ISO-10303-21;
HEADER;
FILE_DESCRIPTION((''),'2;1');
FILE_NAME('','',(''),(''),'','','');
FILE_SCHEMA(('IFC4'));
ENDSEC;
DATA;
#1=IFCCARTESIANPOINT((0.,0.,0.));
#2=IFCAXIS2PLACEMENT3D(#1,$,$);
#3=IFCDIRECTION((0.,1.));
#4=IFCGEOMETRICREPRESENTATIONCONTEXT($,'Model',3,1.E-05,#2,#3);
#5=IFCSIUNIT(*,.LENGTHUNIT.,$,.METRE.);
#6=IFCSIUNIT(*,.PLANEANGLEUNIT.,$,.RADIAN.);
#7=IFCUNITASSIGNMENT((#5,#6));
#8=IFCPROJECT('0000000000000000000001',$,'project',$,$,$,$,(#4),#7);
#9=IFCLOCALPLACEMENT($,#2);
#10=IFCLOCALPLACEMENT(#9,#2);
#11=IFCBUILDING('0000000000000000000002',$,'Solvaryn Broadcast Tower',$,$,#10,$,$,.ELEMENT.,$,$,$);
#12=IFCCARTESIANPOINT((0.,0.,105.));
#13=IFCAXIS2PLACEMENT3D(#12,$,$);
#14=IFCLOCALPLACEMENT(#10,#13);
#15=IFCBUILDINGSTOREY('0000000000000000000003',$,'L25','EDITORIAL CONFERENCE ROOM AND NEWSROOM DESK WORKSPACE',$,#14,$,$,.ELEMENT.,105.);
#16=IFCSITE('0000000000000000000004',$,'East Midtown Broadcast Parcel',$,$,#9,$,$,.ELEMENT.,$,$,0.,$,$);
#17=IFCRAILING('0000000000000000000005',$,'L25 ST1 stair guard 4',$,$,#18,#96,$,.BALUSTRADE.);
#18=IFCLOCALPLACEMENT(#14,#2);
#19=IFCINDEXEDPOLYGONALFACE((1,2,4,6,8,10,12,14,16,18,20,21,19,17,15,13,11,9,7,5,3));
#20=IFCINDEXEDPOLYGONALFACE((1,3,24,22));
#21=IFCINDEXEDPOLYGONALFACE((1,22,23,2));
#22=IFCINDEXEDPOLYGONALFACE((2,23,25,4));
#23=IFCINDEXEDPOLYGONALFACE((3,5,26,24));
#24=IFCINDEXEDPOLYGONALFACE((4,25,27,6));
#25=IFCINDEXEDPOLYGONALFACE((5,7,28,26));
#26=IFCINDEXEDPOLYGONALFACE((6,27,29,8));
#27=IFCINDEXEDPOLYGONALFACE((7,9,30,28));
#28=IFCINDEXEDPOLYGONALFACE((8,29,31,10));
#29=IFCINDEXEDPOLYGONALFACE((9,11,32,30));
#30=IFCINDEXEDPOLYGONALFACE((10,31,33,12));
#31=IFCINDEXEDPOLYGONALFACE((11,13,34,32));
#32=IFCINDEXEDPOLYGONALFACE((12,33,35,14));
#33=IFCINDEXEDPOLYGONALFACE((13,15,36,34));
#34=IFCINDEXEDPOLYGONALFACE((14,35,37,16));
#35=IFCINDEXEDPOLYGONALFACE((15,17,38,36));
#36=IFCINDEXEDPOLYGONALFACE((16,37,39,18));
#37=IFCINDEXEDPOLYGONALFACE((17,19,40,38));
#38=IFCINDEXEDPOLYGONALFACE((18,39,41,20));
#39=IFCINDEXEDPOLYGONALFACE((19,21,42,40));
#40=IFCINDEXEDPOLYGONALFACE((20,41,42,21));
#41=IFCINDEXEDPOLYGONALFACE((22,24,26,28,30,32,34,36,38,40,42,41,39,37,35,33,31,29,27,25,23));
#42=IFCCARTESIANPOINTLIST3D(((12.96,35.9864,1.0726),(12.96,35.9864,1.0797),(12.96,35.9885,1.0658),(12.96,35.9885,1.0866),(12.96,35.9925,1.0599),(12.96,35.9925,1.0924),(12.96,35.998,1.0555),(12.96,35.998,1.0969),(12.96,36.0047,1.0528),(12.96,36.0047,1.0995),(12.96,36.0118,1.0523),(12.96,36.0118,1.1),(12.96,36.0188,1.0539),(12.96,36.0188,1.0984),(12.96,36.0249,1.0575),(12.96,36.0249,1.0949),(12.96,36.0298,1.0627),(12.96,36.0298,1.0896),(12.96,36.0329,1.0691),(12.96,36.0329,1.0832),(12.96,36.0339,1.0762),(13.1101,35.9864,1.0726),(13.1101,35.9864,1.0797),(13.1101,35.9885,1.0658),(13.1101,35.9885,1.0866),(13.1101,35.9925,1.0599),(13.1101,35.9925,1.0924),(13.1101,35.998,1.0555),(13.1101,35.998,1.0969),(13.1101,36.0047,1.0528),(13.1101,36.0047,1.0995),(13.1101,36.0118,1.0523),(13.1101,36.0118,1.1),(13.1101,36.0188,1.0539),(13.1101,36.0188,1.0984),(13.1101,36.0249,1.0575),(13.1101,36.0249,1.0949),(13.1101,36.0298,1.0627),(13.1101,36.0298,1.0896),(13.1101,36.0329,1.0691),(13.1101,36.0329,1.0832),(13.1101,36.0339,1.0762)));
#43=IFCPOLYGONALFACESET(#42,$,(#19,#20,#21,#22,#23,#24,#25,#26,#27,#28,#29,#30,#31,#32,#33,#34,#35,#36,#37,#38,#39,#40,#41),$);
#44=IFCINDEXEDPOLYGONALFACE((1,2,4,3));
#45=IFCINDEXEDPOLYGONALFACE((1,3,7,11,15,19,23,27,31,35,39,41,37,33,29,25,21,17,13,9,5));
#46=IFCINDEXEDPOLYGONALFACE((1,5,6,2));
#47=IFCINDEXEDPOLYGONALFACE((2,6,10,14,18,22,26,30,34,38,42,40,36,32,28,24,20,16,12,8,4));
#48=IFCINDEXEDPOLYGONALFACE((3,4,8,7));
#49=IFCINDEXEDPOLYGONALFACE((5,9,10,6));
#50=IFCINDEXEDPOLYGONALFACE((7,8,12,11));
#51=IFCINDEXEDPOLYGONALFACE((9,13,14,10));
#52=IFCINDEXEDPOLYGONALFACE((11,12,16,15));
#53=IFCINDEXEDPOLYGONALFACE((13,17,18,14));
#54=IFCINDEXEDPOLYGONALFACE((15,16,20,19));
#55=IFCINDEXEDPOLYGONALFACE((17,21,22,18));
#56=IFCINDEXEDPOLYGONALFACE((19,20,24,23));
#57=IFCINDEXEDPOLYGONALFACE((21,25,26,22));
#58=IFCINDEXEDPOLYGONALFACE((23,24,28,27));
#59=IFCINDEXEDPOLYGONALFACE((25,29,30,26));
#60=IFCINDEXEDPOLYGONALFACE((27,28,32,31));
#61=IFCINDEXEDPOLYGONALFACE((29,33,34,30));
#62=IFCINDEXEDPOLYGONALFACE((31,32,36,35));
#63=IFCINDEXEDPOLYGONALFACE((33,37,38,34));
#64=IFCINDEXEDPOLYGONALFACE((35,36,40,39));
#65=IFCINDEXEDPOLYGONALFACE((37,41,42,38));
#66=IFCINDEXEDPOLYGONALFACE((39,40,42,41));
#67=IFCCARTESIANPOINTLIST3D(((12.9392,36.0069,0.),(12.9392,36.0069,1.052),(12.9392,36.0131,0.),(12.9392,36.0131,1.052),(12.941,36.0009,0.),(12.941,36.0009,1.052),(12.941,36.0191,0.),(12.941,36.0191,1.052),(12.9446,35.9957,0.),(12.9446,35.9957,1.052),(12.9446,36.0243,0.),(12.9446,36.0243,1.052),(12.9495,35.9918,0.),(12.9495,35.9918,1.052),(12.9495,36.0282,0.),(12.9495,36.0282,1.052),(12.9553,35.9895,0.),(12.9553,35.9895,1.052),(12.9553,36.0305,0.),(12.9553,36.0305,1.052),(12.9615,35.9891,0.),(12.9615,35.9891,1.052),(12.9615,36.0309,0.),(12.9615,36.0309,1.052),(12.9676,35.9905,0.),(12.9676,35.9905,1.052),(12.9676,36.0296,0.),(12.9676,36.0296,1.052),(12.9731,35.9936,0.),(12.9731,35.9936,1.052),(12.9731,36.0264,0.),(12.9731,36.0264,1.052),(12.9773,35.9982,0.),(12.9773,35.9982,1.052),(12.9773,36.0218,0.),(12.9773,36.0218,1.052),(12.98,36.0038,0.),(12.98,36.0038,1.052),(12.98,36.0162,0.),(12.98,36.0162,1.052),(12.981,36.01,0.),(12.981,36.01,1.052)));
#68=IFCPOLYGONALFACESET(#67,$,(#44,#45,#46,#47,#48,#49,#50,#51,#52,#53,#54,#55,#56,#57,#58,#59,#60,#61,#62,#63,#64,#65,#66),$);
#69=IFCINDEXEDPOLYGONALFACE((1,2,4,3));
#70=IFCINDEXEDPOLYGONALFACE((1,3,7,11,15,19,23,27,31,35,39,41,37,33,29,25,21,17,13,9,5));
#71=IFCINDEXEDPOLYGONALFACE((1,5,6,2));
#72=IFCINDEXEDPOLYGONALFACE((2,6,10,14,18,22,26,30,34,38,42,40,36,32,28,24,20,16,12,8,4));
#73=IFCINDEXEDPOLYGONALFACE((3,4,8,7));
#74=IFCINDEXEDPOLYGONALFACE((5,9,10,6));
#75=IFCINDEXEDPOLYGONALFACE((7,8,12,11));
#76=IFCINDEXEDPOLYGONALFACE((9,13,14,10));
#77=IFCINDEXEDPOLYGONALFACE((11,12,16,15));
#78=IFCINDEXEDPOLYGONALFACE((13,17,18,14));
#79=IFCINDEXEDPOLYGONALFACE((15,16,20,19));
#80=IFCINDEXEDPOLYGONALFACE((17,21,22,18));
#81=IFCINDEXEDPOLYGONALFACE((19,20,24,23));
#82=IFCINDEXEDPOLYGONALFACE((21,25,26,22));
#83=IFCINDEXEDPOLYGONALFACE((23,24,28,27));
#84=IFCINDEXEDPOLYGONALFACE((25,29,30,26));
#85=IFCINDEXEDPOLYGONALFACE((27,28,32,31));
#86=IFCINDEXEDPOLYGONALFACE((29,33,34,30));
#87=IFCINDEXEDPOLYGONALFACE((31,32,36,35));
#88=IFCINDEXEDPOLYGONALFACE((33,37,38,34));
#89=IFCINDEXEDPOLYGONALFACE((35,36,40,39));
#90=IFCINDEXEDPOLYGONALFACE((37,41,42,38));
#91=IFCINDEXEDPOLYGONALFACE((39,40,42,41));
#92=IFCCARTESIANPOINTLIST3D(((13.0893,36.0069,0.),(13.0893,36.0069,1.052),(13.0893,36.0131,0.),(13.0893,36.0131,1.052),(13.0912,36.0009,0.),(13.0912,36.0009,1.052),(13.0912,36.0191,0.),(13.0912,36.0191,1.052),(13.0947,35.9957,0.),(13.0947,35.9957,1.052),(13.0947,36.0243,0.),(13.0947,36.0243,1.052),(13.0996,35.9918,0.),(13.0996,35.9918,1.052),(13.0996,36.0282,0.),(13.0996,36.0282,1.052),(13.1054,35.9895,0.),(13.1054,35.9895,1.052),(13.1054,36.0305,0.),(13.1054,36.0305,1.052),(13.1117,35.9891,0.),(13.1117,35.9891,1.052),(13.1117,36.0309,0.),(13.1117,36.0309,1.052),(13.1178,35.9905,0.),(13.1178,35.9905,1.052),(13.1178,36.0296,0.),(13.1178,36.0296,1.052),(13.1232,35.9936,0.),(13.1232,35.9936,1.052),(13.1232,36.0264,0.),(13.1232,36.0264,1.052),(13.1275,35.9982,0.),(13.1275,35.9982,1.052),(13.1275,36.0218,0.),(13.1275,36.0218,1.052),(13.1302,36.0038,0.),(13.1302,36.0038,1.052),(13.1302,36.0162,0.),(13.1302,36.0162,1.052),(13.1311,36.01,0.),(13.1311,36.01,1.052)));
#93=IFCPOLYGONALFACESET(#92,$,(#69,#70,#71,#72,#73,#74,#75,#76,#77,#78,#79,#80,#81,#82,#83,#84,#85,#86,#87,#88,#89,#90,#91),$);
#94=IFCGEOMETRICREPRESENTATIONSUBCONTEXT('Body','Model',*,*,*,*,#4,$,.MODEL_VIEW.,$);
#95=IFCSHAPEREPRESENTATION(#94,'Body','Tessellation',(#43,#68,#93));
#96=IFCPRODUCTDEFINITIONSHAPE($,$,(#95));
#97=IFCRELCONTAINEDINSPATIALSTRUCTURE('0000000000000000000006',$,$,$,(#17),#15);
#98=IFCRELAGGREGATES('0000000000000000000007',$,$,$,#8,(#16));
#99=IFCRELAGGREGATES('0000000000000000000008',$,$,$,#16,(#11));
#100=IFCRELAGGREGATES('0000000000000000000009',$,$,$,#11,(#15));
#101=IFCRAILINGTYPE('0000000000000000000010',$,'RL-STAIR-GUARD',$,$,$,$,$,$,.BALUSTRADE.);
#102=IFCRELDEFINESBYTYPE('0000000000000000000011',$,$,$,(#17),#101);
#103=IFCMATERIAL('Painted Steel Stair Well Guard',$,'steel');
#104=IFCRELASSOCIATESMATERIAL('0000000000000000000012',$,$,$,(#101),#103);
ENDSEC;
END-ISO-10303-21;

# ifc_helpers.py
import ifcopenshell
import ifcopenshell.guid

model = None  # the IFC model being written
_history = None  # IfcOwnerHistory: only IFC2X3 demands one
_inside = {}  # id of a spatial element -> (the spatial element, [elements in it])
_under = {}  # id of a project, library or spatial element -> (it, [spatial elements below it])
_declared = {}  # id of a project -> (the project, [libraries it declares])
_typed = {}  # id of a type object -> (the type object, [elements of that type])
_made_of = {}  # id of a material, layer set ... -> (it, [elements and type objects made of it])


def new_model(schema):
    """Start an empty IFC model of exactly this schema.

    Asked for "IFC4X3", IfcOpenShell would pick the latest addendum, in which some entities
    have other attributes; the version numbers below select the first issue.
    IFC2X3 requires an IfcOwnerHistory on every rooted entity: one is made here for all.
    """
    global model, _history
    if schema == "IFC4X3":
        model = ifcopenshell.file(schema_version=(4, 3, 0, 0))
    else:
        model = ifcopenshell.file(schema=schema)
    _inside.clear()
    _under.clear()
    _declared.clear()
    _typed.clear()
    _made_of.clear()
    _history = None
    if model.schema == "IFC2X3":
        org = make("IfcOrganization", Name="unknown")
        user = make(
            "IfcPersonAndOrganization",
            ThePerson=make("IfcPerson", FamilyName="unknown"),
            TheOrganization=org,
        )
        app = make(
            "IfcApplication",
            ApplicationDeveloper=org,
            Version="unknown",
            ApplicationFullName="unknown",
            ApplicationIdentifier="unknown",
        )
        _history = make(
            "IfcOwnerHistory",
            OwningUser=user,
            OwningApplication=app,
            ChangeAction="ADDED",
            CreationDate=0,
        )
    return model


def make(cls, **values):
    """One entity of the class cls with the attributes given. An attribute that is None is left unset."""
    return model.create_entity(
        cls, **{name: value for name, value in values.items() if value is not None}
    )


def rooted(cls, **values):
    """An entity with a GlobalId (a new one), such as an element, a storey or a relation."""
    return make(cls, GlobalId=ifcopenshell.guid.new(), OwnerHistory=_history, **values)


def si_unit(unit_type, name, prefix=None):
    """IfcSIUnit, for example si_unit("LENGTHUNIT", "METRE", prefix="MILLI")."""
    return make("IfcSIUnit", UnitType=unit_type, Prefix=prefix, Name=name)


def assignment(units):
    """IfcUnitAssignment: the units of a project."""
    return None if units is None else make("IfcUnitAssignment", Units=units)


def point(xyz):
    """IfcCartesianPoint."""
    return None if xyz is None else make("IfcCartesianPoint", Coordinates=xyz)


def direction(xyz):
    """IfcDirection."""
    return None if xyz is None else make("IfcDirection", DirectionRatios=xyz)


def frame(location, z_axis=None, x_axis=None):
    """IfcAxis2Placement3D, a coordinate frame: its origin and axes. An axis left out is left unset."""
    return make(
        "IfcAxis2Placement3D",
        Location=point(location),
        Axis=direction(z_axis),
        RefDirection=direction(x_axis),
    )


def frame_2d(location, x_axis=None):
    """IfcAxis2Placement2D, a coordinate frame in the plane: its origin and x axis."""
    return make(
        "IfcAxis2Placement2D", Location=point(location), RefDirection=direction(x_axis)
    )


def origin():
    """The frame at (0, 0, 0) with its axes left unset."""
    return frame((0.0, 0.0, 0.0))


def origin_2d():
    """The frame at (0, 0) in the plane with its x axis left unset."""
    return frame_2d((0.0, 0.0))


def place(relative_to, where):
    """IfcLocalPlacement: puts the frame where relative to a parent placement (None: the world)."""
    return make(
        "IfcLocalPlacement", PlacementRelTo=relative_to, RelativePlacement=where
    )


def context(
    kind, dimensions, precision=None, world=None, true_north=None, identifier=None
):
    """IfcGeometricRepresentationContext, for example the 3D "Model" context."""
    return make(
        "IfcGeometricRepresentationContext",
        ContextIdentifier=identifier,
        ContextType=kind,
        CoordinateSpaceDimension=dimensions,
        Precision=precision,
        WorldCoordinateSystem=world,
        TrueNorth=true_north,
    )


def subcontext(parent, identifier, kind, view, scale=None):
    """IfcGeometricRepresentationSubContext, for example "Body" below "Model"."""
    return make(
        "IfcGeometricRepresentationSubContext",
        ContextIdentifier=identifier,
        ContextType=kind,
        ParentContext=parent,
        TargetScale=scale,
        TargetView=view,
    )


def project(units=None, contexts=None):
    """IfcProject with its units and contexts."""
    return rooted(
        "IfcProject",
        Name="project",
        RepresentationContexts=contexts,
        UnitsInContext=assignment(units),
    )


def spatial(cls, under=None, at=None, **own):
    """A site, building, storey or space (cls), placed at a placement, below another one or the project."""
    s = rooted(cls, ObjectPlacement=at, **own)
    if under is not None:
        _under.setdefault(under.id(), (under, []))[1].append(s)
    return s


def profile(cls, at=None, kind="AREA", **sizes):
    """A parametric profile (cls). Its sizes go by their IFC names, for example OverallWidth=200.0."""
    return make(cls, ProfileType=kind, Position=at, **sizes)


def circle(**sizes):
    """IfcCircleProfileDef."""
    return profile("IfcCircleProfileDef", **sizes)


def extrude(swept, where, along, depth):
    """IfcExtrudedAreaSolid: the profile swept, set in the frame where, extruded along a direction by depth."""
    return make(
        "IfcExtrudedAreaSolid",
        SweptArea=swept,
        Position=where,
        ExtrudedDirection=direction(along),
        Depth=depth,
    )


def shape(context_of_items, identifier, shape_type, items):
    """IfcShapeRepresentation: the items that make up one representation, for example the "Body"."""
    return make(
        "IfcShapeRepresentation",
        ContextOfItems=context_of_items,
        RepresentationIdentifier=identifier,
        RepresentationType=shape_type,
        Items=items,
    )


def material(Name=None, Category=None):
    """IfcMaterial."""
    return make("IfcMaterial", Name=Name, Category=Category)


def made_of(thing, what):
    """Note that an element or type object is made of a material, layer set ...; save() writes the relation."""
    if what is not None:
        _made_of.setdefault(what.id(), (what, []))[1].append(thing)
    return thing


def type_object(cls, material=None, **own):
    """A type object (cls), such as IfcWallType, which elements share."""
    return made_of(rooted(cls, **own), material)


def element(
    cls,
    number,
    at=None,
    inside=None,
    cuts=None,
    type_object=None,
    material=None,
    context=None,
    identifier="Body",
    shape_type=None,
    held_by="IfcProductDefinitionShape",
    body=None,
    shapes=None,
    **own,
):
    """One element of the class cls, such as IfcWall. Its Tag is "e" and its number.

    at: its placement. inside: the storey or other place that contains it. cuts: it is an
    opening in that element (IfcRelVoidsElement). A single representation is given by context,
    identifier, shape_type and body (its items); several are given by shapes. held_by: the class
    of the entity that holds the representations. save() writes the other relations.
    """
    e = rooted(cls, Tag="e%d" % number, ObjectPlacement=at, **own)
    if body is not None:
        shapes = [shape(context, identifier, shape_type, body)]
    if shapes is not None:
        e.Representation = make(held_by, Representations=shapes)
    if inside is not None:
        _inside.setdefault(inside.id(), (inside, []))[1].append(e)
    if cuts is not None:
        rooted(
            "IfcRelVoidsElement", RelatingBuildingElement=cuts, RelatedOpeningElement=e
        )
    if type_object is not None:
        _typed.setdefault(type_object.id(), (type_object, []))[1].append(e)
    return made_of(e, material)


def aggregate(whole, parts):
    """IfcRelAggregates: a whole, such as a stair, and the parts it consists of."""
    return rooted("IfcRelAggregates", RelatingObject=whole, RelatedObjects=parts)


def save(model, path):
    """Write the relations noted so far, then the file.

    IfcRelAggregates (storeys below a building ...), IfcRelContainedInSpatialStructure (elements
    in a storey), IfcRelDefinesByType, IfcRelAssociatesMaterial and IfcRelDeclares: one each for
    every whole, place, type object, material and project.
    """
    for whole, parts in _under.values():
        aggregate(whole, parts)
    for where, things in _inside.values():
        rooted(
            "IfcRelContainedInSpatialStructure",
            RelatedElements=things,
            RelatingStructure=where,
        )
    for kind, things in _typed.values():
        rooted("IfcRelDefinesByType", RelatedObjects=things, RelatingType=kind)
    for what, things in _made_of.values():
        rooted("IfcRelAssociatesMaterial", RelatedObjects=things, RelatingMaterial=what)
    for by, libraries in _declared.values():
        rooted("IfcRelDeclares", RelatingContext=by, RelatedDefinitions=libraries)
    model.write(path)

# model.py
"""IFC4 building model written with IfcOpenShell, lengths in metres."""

from ifc_helpers import new_model, si_unit, direction, frame, origin, origin_2d, place, context, subcontext, project, spatial, circle, extrude, material, type_object, element, save


model = new_model("IFC4")

# Units and contexts
model_context = context("Model", 3, precision=1e-05, world=origin(), true_north=direction((0.0, 1.0)))
body_context = subcontext(model_context, "Body", "Model", "MODEL_VIEW")
ifc_project = project(units=[si_unit("LENGTHUNIT", "METRE"), si_unit("PLANEANGLEUNIT", "RADIAN")], contexts=[model_context])

# Site, building, storey
site_placement = place(None, origin())
site = spatial("IfcSite", under=ifc_project, at=site_placement, Name="East Midtown Broadcast Parcel", CompositionType="ELEMENT", RefElevation=0.0)
building_placement = place(site_placement, origin())
building = spatial("IfcBuilding", under=site, at=building_placement, Name="Solvaryn Broadcast Tower", CompositionType="ELEMENT")
storey_placement = place(building_placement, frame((0.0, 0.0, 105.0)))
storey = spatial("IfcBuildingStorey", under=building, at=storey_placement, Name="L25", Description="EDITORIAL CONFERENCE ROOM AND NEWSROOM DESK WORKSPACE", CompositionType="ELEMENT", Elevation=105.0)

# Railing
ifc_material_1 = material(Name="Painted Steel Stair Well Guard", Category="steel")
railing_type_1 = type_object("IfcRailingType", Name="RL-STAIR-GUARD", PredefinedType="BALUSTRADE", material=ifc_material_1)
railing_1_placement = place(storey_placement, frame((12.96, 36.01, 0.0)))
element("IfcRailing", 1, at=railing_1_placement, inside=storey, type_object=railing_type_1, Name="L25 ST1 stair guard 4", PredefinedType="BALUSTRADE", context=body_context, shape_type="SweptSolid", body=[
    extrude(circle(Radius=0.0239, at=origin_2d()), frame((0.0, 0.0, 1.0762), z_axis=(1.0, 0.0, 0.0), x_axis=(0.0, 1.0, 0.0)), (0.0, 0.0, 1.0), 0.1501),
    extrude(circle(Radius=0.021, at=origin_2d()), origin(), (0.0, 0.0, 1.0), 1.052),
    extrude(circle(Radius=0.021, at=origin_2d()), frame((0.1501, 0.0, 0.0)), (0.0, 0.0, 1.0), 1.052),
])

save(model, "model.ifc")
